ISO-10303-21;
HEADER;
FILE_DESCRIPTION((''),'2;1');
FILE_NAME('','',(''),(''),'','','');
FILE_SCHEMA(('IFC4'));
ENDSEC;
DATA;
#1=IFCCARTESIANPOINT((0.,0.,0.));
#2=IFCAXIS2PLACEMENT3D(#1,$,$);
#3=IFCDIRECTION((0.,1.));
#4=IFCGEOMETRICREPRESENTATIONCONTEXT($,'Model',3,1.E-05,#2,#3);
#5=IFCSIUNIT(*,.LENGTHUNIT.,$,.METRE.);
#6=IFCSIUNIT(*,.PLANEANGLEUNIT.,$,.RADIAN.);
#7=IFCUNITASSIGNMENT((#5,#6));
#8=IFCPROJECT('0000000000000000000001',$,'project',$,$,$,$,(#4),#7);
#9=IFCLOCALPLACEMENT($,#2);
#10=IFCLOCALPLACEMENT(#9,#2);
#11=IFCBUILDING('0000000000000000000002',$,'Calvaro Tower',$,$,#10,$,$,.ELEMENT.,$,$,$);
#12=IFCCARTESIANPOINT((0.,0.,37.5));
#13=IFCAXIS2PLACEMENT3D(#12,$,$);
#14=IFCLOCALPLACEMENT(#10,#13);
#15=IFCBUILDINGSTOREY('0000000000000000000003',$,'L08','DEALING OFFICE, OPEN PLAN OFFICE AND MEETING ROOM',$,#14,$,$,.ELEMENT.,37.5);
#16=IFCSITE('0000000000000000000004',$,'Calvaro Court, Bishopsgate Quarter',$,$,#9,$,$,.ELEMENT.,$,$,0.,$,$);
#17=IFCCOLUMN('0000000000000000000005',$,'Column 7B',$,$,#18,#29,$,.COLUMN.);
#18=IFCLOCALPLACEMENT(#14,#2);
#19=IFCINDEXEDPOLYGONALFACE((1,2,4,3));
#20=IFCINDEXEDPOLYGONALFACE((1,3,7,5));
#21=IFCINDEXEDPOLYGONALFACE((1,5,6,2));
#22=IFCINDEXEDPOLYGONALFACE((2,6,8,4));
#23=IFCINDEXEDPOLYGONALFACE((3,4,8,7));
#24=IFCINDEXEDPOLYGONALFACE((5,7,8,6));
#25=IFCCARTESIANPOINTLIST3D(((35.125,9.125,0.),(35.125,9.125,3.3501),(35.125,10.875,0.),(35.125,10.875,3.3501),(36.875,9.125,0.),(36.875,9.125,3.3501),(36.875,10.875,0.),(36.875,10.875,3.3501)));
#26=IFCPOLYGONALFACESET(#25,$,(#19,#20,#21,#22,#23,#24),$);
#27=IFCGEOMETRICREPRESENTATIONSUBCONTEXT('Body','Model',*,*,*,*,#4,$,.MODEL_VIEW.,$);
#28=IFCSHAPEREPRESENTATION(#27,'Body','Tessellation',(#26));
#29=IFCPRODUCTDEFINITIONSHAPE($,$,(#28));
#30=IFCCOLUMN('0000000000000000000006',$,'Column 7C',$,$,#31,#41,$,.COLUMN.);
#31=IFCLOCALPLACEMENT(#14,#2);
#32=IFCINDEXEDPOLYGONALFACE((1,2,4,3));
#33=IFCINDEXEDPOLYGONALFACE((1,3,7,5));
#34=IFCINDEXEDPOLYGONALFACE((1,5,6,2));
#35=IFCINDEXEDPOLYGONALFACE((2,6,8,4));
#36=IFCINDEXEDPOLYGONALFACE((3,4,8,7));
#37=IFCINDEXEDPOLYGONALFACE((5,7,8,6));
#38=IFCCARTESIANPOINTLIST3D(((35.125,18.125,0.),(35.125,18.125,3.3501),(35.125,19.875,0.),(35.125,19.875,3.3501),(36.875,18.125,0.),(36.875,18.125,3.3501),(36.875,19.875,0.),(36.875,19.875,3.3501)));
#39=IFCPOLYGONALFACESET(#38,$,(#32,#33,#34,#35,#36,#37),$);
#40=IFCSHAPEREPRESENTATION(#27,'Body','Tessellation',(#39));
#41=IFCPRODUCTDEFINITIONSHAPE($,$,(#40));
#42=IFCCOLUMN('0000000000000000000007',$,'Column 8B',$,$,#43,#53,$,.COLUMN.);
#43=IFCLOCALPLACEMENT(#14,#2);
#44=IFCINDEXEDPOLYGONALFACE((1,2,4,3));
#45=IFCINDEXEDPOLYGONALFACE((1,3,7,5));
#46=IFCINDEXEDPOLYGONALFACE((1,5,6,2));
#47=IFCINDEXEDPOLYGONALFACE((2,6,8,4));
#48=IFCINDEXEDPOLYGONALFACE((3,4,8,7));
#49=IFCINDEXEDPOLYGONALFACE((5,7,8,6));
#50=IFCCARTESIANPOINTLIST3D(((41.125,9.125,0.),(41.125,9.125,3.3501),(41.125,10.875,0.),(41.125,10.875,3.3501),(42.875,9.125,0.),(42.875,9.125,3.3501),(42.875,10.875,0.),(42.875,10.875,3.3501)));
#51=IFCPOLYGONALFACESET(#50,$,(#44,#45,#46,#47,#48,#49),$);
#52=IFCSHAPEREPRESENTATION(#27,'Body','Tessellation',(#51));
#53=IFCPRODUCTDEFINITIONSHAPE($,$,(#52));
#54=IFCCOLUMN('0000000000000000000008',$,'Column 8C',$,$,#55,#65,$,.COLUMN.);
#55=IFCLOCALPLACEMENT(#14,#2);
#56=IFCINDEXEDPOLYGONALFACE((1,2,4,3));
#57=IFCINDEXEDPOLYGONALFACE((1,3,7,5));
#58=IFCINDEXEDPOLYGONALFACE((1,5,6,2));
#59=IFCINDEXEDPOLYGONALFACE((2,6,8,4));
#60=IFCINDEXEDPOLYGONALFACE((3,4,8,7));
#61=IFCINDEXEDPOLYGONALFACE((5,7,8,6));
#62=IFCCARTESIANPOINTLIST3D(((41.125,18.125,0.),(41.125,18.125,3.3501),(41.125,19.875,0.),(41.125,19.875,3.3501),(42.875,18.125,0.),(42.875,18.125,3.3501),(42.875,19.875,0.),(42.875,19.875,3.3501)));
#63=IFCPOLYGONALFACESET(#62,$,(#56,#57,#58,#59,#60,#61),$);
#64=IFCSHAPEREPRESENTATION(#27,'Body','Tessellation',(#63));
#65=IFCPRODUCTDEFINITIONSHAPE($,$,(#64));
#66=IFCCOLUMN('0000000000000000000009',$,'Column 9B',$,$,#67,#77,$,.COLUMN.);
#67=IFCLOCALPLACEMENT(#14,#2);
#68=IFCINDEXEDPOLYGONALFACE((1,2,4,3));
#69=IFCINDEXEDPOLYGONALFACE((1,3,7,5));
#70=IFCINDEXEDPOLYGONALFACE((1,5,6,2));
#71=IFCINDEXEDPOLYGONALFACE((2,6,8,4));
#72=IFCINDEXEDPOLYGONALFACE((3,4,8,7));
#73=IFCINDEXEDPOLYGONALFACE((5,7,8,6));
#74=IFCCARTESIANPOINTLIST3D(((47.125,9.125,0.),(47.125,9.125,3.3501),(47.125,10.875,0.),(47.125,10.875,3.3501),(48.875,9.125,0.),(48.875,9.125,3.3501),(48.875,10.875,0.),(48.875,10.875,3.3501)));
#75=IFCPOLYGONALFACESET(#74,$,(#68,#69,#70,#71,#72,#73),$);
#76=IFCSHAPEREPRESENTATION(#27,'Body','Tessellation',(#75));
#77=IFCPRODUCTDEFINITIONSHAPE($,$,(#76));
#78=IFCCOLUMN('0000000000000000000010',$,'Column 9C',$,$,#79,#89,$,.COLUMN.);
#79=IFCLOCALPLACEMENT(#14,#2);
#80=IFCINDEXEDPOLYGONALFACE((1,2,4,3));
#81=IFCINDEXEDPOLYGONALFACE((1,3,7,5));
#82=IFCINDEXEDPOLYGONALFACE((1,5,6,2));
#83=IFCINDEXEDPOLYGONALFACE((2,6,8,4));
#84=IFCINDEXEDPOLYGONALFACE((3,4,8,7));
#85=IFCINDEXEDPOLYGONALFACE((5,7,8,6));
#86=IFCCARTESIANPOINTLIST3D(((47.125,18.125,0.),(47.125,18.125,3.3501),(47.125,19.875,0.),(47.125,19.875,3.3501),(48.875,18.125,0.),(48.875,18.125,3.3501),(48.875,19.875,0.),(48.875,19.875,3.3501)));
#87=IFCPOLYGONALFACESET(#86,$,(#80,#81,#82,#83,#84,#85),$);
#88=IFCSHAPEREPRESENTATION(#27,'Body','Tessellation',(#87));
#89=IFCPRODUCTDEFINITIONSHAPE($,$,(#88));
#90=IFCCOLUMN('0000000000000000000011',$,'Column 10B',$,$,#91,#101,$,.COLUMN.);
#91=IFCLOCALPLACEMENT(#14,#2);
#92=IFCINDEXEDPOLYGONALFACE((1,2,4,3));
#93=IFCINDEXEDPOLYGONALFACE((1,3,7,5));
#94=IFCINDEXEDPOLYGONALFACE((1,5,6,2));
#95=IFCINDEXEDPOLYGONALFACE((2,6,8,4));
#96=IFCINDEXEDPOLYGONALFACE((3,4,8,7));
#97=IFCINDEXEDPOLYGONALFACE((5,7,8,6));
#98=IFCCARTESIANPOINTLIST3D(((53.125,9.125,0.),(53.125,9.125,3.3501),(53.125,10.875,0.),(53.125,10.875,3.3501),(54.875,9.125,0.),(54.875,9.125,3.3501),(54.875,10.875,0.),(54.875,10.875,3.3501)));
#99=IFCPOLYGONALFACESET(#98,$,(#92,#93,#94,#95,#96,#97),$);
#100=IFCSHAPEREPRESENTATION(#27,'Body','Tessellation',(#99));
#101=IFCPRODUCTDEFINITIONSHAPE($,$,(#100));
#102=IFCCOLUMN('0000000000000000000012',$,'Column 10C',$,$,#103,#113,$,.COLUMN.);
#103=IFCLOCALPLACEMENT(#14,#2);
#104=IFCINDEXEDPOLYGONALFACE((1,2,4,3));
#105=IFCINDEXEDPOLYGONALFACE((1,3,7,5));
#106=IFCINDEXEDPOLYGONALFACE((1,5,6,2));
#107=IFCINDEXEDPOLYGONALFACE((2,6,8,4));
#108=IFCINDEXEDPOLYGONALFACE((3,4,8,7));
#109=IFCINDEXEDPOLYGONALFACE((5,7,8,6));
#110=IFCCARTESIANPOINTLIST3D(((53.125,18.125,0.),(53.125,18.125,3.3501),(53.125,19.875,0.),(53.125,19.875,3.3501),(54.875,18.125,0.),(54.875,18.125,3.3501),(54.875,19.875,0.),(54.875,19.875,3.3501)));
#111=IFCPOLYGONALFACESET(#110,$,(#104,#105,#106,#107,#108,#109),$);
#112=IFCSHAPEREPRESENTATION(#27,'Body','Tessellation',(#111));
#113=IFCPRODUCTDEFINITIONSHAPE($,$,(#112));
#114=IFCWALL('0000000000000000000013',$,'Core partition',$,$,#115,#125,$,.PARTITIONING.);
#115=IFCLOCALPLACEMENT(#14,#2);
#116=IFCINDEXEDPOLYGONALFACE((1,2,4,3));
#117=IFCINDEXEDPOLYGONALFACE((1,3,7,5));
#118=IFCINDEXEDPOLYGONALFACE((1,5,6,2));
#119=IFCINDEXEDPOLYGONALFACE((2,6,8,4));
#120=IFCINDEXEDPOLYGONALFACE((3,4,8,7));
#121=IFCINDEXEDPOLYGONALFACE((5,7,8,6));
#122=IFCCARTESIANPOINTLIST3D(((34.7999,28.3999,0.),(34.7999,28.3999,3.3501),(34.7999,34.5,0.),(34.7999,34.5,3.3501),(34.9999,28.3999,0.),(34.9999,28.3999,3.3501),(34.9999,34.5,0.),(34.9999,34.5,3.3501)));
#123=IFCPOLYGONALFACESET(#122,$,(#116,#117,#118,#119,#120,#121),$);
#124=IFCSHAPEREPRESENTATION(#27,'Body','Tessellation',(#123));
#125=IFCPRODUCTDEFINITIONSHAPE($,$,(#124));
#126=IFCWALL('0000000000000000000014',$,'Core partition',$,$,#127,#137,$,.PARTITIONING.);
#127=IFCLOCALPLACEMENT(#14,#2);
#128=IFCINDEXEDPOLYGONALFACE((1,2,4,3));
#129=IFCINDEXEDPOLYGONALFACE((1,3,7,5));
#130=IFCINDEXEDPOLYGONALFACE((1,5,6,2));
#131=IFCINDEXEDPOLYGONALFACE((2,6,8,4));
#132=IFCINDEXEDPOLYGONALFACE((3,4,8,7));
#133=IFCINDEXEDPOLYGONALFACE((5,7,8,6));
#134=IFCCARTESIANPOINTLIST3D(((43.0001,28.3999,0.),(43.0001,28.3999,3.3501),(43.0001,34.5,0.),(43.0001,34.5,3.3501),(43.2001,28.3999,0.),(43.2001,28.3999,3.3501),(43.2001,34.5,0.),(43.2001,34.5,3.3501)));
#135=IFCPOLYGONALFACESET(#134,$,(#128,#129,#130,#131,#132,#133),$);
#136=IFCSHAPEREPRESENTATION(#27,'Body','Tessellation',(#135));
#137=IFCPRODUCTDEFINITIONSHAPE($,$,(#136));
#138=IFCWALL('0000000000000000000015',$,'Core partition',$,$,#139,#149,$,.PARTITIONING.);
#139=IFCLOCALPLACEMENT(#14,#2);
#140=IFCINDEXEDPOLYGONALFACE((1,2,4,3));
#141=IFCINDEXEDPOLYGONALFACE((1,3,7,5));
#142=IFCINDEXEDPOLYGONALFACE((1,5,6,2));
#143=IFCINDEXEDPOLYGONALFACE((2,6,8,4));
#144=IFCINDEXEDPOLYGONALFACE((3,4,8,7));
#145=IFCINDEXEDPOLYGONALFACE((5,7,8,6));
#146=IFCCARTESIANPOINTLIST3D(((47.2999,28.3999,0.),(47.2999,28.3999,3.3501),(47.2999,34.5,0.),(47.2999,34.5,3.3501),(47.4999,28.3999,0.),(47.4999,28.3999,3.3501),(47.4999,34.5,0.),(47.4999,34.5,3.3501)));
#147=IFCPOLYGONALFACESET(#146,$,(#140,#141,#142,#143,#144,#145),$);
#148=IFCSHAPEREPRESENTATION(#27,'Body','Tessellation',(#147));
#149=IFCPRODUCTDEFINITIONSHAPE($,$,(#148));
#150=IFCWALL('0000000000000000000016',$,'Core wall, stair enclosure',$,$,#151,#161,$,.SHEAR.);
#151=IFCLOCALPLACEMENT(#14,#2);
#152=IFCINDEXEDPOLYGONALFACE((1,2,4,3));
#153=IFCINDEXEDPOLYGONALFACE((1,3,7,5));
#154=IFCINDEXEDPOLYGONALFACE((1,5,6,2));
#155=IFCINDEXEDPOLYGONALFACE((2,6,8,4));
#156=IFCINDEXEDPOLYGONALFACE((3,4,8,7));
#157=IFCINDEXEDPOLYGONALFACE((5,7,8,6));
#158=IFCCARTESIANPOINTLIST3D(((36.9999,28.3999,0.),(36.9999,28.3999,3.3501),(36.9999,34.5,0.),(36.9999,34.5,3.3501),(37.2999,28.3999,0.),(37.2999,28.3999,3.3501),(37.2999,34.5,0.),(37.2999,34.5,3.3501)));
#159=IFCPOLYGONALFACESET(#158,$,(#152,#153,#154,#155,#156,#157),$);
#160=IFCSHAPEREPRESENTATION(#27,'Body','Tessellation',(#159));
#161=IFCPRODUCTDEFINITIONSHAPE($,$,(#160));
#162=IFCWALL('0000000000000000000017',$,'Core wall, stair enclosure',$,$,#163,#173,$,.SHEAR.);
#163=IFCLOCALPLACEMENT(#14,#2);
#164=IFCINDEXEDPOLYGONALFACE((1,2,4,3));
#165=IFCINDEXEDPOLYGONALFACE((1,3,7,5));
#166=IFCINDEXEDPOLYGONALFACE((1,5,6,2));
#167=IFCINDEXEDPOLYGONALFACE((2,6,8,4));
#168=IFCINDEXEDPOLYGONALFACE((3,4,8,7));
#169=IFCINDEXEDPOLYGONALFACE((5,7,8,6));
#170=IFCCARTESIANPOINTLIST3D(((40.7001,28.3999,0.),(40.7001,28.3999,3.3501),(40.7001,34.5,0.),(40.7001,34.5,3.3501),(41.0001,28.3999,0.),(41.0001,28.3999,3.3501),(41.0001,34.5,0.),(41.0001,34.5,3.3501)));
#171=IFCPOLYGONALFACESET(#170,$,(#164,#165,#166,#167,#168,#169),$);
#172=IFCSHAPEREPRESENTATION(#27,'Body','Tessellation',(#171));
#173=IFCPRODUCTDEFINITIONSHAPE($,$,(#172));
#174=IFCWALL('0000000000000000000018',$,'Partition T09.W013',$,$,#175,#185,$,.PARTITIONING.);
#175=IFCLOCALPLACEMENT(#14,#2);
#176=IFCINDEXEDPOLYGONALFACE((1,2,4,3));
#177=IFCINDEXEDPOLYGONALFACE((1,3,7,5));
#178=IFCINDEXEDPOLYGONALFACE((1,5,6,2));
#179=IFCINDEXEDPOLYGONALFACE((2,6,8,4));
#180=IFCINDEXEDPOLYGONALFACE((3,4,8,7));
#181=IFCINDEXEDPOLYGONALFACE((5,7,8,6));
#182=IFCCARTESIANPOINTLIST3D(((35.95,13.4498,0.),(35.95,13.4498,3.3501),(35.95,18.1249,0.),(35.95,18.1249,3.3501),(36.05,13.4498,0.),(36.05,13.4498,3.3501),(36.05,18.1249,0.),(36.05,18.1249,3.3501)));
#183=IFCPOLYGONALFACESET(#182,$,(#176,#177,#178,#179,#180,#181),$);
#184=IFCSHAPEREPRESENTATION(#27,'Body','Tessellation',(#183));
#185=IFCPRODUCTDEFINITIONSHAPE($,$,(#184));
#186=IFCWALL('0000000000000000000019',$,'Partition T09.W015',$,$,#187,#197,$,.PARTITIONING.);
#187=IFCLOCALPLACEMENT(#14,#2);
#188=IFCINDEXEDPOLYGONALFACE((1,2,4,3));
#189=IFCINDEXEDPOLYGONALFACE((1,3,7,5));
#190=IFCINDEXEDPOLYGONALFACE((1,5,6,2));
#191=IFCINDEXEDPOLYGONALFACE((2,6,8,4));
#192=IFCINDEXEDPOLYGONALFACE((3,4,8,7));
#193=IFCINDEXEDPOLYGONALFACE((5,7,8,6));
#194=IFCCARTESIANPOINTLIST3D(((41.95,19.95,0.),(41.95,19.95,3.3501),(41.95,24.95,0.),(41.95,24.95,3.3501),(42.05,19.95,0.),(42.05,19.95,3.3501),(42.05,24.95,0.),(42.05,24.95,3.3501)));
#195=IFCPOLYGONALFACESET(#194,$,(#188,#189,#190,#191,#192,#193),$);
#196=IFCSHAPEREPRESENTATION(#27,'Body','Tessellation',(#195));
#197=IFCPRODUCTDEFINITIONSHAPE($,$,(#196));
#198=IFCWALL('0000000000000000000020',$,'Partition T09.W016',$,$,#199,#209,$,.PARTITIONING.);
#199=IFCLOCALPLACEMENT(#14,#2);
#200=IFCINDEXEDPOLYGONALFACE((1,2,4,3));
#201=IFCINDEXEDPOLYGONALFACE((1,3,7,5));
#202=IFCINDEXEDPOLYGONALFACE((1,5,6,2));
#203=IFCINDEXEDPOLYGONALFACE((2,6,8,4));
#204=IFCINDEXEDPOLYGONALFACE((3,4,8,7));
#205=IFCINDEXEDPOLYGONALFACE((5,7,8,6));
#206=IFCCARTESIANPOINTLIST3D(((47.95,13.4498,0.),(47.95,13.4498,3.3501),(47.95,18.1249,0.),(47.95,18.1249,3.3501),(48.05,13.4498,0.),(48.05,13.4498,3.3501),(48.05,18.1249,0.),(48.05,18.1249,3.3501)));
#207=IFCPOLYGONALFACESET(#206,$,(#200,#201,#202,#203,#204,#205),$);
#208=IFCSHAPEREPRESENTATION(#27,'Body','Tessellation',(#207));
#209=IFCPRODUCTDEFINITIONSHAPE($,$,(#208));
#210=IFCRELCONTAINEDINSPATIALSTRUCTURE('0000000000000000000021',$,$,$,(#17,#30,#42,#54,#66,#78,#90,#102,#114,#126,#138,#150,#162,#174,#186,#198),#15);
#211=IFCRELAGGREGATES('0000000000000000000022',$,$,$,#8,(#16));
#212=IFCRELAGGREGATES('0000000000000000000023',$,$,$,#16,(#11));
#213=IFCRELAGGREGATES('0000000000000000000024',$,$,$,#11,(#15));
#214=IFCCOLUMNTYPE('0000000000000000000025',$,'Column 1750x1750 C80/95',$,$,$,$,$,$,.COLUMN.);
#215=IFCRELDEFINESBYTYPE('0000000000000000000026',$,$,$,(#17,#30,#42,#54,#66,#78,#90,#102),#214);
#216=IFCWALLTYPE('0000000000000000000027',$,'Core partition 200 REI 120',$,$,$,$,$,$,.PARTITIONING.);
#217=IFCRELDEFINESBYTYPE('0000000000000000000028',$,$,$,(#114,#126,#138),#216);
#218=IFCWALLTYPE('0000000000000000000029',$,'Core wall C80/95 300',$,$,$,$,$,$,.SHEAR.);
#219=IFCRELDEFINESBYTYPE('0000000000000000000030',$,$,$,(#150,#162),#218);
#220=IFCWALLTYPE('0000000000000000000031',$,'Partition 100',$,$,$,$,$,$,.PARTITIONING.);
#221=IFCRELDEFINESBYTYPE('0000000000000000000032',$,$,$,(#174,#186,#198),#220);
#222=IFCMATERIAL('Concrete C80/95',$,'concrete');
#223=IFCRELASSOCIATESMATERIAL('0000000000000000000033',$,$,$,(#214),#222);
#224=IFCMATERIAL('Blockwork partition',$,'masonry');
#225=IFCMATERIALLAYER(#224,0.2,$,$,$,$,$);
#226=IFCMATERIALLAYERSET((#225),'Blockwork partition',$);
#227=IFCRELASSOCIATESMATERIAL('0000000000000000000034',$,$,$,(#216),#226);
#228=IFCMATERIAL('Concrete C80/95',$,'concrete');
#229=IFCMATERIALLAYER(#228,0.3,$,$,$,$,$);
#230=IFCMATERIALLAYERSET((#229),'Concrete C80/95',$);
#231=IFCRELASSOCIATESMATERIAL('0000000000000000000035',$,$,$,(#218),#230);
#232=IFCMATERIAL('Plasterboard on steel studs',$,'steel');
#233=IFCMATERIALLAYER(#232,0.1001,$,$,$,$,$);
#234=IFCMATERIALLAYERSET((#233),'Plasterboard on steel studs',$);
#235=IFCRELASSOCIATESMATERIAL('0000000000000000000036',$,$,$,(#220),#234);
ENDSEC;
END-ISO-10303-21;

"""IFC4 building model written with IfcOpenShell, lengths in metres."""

from ifc_helpers import new_model, si_unit, direction, frame, frame_2d, origin, origin_2d, place, context, subcontext, project, spatial, rectangle, extrude, material, layer, layer_set, material_profile, profile_set, type_object, element, save


model = new_model("IFC4")

# Units and contexts
model_context = context("Model", 3, precision=1e-05, world=origin(), true_north=direction((0.0, 1.0)))
body_context = subcontext(model_context, "Body", "Model", "MODEL_VIEW")
ifc_project = project(units=[si_unit("LENGTHUNIT", "METRE"), si_unit("PLANEANGLEUNIT", "RADIAN")], contexts=[model_context])

# Site, building, storey
site_placement = place(None, origin())
site = spatial("IfcSite", under=ifc_project, at=site_placement, Name="Calvaro Court, Bishopsgate Quarter", CompositionType="ELEMENT", RefElevation=0.0)
building_placement = place(site_placement, origin())
building = spatial("IfcBuilding", under=site, at=building_placement, Name="Calvaro Tower", CompositionType="ELEMENT")
storey_placement = place(building_placement, frame((0.0, 0.0, 37.5)))
storey = spatial("IfcBuildingStorey", under=building, at=storey_placement, Name="L08", Description="DEALING OFFICE, OPEN PLAN OFFICE AND MEETING ROOM", CompositionType="ELEMENT", Elevation=37.5)

# Columns
ifc_material_1 = material(Name="Concrete C80/95", Category="concrete")
ifc_material_profile = material_profile(ifc_material_1, rectangle(XDim=1.75, YDim=1.75, at=origin_2d()), Name="RC 1750x1750")
ifc_profile_set = profile_set([ifc_material_profile], Name="Concrete C80/95")
column_type = type_object("IfcColumnType", Name="Column 1750x1750 C80/95", PredefinedType="COLUMN", material=ifc_profile_set)
for number, where, z_axis, x_axis, name in (
    (1, (36.0, 10.0, 0.0), (0.0, 0.0, 1.0), (1.0, 0.0, 0.0), "Column 7B"),
    (2, (36.0, 19.0, 0.0), (0.0, 0.0, 1.0), (1.0, 0.0, 0.0), "Column 7C"),
    (3, (42.0, 10.0, 0.0), (0.0, 0.0, 1.0), (1.0, 0.0, 0.0), "Column 8B"),
    (4, (42.0, 19.0, 0.0), (0.0, 0.0, 1.0), (1.0, 0.0, 0.0), "Column 8C"),
    (5, (48.0, 10.0, 0.0), (0.0, 0.0, 1.0), (1.0, 0.0, 0.0), "Column 9B"),
    (6, (48.0, 19.0, 0.0), (0.0, 0.0, 1.0), (1.0, 0.0, 0.0), "Column 9C"),
    (7, (54.0, 10.0, 0.0), (0.0, 0.0, 1.0), (1.0, 0.0, 0.0), "Column 10B"),
    (8, (54.0, 19.0, 0.0), (0.0, 0.0, 1.0), (1.0, 0.0, 0.0), "Column 10C"),
):
    element("IfcColumn", number, at=place(storey_placement, frame(where, z_axis=z_axis, x_axis=x_axis)), inside=storey, type_object=column_type, Name=name, PredefinedType="COLUMN", context=body_context, shape_type="SweptSolid", body=[
        extrude(rectangle(XDim=1.75, YDim=1.75, at=origin_2d()), origin(), (0.0, 0.0, 1.0), 3.3501),
    ])

# Walls
ifc_material_2 = material(Name="Blockwork partition", Category="masonry")
ifc_layer_1 = layer(ifc_material_2, 0.2)
ifc_layer_set_1 = layer_set([ifc_layer_1], Name="Blockwork partition")
wall_type_1 = type_object("IfcWallType", Name="Core partition 200 REI 120", PredefinedType="PARTITIONING", material=ifc_layer_set_1)
for number, where, z_axis, x_axis, name in (
    (9, (34.8999, 28.3999, 0.0), (0.0, 0.0, 1.0), (0.0, 1.0, 0.0), "Core partition"),
    (10, (43.1001, 28.3999, 0.0), (0.0, 0.0, 1.0), (0.0, 1.0, 0.0), "Core partition"),
    (11, (47.3999, 28.3999, 0.0), (0.0, 0.0, 1.0), (0.0, 1.0, 0.0), "Core partition"),
):
    element("IfcWall", number, at=place(storey_placement, frame(where, z_axis=z_axis, x_axis=x_axis)), inside=storey, type_object=wall_type_1, Name=name, PredefinedType="PARTITIONING", context=body_context, shape_type="SweptSolid", body=[
        extrude(rectangle(XDim=6.1001, YDim=0.2, at=frame_2d((3.05, 0.0))), origin(), (0.0, 0.0, 1.0), 3.3501),
    ])
ifc_material_3 = material(Name="Concrete C80/95", Category="concrete")
ifc_layer_2 = layer(ifc_material_3, 0.3)
ifc_layer_set_2 = layer_set([ifc_layer_2], Name="Concrete C80/95")
wall_type_2 = type_object("IfcWallType", Name="Core wall C80/95 300", PredefinedType="SHEAR", material=ifc_layer_set_2)
for number, where, z_axis, x_axis, name in (
    (12, (37.1499, 28.3999, 0.0), (0.0, 0.0, 1.0), (0.0, 1.0, 0.0), "Core wall, stair enclosure"),
    (13, (40.8501, 28.3999, 0.0), (0.0, 0.0, 1.0), (0.0, 1.0, 0.0), "Core wall, stair enclosure"),
):
    element("IfcWall", number, at=place(storey_placement, frame(where, z_axis=z_axis, x_axis=x_axis)), inside=storey, type_object=wall_type_2, Name=name, PredefinedType="SHEAR", context=body_context, shape_type="SweptSolid", body=[
        extrude(rectangle(XDim=6.1001, YDim=0.3, at=frame_2d((3.05, 0.0))), origin(), (0.0, 0.0, 1.0), 3.3501),
    ])
ifc_material_4 = material(Name="Plasterboard on steel studs", Category="steel")
ifc_layer_3 = layer(ifc_material_4, 0.1001)
ifc_layer_set_3 = layer_set([ifc_layer_3], Name="Plasterboard on steel studs")
wall_type_3 = type_object("IfcWallType", Name="Partition 100", PredefinedType="PARTITIONING", material=ifc_layer_set_3)
wall_1_placement = place(storey_placement, frame((36.0, 13.45, 0.0), z_axis=(0.0, 0.0, 1.0), x_axis=(0.0, 1.0, 0.0)))
element("IfcWall", 14, at=wall_1_placement, inside=storey, type_object=wall_type_3, Name="Partition T09.W013", PredefinedType="PARTITIONING", context=body_context, shape_type="SweptSolid", body=[
    extrude(rectangle(XDim=4.675, YDim=0.1001, at=frame_2d((2.3374, 0.0))), origin(), (0.0, 0.0, 1.0), 3.3501),
])
wall_2_placement = place(storey_placement, frame((42.0, 19.95, 0.0), z_axis=(0.0, 0.0, 1.0), x_axis=(0.0, 1.0, 0.0)))
element("IfcWall", 15, at=wall_2_placement, inside=storey, type_object=wall_type_3, Name="Partition T09.W015", PredefinedType="PARTITIONING", context=body_context, shape_type="SweptSolid", body=[
    extrude(rectangle(XDim=5.0, YDim=0.1001, at=frame_2d((2.5, 0.0))), origin(), (0.0, 0.0, 1.0), 3.3501),
])
wall_3_placement = place(storey_placement, frame((48.0, 13.45, 0.0), z_axis=(0.0, 0.0, 1.0), x_axis=(0.0, 1.0, 0.0)))
element("IfcWall", 16, at=wall_3_placement, inside=storey, type_object=wall_type_3, Name="Partition T09.W016", PredefinedType="PARTITIONING", context=body_context, shape_type="SweptSolid", body=[
    extrude(rectangle(XDim=4.675, YDim=0.1001, at=frame_2d((2.3374, 0.0))), origin(), (0.0, 0.0, 1.0), 3.3501),
])

save(model, "model.ifc")
